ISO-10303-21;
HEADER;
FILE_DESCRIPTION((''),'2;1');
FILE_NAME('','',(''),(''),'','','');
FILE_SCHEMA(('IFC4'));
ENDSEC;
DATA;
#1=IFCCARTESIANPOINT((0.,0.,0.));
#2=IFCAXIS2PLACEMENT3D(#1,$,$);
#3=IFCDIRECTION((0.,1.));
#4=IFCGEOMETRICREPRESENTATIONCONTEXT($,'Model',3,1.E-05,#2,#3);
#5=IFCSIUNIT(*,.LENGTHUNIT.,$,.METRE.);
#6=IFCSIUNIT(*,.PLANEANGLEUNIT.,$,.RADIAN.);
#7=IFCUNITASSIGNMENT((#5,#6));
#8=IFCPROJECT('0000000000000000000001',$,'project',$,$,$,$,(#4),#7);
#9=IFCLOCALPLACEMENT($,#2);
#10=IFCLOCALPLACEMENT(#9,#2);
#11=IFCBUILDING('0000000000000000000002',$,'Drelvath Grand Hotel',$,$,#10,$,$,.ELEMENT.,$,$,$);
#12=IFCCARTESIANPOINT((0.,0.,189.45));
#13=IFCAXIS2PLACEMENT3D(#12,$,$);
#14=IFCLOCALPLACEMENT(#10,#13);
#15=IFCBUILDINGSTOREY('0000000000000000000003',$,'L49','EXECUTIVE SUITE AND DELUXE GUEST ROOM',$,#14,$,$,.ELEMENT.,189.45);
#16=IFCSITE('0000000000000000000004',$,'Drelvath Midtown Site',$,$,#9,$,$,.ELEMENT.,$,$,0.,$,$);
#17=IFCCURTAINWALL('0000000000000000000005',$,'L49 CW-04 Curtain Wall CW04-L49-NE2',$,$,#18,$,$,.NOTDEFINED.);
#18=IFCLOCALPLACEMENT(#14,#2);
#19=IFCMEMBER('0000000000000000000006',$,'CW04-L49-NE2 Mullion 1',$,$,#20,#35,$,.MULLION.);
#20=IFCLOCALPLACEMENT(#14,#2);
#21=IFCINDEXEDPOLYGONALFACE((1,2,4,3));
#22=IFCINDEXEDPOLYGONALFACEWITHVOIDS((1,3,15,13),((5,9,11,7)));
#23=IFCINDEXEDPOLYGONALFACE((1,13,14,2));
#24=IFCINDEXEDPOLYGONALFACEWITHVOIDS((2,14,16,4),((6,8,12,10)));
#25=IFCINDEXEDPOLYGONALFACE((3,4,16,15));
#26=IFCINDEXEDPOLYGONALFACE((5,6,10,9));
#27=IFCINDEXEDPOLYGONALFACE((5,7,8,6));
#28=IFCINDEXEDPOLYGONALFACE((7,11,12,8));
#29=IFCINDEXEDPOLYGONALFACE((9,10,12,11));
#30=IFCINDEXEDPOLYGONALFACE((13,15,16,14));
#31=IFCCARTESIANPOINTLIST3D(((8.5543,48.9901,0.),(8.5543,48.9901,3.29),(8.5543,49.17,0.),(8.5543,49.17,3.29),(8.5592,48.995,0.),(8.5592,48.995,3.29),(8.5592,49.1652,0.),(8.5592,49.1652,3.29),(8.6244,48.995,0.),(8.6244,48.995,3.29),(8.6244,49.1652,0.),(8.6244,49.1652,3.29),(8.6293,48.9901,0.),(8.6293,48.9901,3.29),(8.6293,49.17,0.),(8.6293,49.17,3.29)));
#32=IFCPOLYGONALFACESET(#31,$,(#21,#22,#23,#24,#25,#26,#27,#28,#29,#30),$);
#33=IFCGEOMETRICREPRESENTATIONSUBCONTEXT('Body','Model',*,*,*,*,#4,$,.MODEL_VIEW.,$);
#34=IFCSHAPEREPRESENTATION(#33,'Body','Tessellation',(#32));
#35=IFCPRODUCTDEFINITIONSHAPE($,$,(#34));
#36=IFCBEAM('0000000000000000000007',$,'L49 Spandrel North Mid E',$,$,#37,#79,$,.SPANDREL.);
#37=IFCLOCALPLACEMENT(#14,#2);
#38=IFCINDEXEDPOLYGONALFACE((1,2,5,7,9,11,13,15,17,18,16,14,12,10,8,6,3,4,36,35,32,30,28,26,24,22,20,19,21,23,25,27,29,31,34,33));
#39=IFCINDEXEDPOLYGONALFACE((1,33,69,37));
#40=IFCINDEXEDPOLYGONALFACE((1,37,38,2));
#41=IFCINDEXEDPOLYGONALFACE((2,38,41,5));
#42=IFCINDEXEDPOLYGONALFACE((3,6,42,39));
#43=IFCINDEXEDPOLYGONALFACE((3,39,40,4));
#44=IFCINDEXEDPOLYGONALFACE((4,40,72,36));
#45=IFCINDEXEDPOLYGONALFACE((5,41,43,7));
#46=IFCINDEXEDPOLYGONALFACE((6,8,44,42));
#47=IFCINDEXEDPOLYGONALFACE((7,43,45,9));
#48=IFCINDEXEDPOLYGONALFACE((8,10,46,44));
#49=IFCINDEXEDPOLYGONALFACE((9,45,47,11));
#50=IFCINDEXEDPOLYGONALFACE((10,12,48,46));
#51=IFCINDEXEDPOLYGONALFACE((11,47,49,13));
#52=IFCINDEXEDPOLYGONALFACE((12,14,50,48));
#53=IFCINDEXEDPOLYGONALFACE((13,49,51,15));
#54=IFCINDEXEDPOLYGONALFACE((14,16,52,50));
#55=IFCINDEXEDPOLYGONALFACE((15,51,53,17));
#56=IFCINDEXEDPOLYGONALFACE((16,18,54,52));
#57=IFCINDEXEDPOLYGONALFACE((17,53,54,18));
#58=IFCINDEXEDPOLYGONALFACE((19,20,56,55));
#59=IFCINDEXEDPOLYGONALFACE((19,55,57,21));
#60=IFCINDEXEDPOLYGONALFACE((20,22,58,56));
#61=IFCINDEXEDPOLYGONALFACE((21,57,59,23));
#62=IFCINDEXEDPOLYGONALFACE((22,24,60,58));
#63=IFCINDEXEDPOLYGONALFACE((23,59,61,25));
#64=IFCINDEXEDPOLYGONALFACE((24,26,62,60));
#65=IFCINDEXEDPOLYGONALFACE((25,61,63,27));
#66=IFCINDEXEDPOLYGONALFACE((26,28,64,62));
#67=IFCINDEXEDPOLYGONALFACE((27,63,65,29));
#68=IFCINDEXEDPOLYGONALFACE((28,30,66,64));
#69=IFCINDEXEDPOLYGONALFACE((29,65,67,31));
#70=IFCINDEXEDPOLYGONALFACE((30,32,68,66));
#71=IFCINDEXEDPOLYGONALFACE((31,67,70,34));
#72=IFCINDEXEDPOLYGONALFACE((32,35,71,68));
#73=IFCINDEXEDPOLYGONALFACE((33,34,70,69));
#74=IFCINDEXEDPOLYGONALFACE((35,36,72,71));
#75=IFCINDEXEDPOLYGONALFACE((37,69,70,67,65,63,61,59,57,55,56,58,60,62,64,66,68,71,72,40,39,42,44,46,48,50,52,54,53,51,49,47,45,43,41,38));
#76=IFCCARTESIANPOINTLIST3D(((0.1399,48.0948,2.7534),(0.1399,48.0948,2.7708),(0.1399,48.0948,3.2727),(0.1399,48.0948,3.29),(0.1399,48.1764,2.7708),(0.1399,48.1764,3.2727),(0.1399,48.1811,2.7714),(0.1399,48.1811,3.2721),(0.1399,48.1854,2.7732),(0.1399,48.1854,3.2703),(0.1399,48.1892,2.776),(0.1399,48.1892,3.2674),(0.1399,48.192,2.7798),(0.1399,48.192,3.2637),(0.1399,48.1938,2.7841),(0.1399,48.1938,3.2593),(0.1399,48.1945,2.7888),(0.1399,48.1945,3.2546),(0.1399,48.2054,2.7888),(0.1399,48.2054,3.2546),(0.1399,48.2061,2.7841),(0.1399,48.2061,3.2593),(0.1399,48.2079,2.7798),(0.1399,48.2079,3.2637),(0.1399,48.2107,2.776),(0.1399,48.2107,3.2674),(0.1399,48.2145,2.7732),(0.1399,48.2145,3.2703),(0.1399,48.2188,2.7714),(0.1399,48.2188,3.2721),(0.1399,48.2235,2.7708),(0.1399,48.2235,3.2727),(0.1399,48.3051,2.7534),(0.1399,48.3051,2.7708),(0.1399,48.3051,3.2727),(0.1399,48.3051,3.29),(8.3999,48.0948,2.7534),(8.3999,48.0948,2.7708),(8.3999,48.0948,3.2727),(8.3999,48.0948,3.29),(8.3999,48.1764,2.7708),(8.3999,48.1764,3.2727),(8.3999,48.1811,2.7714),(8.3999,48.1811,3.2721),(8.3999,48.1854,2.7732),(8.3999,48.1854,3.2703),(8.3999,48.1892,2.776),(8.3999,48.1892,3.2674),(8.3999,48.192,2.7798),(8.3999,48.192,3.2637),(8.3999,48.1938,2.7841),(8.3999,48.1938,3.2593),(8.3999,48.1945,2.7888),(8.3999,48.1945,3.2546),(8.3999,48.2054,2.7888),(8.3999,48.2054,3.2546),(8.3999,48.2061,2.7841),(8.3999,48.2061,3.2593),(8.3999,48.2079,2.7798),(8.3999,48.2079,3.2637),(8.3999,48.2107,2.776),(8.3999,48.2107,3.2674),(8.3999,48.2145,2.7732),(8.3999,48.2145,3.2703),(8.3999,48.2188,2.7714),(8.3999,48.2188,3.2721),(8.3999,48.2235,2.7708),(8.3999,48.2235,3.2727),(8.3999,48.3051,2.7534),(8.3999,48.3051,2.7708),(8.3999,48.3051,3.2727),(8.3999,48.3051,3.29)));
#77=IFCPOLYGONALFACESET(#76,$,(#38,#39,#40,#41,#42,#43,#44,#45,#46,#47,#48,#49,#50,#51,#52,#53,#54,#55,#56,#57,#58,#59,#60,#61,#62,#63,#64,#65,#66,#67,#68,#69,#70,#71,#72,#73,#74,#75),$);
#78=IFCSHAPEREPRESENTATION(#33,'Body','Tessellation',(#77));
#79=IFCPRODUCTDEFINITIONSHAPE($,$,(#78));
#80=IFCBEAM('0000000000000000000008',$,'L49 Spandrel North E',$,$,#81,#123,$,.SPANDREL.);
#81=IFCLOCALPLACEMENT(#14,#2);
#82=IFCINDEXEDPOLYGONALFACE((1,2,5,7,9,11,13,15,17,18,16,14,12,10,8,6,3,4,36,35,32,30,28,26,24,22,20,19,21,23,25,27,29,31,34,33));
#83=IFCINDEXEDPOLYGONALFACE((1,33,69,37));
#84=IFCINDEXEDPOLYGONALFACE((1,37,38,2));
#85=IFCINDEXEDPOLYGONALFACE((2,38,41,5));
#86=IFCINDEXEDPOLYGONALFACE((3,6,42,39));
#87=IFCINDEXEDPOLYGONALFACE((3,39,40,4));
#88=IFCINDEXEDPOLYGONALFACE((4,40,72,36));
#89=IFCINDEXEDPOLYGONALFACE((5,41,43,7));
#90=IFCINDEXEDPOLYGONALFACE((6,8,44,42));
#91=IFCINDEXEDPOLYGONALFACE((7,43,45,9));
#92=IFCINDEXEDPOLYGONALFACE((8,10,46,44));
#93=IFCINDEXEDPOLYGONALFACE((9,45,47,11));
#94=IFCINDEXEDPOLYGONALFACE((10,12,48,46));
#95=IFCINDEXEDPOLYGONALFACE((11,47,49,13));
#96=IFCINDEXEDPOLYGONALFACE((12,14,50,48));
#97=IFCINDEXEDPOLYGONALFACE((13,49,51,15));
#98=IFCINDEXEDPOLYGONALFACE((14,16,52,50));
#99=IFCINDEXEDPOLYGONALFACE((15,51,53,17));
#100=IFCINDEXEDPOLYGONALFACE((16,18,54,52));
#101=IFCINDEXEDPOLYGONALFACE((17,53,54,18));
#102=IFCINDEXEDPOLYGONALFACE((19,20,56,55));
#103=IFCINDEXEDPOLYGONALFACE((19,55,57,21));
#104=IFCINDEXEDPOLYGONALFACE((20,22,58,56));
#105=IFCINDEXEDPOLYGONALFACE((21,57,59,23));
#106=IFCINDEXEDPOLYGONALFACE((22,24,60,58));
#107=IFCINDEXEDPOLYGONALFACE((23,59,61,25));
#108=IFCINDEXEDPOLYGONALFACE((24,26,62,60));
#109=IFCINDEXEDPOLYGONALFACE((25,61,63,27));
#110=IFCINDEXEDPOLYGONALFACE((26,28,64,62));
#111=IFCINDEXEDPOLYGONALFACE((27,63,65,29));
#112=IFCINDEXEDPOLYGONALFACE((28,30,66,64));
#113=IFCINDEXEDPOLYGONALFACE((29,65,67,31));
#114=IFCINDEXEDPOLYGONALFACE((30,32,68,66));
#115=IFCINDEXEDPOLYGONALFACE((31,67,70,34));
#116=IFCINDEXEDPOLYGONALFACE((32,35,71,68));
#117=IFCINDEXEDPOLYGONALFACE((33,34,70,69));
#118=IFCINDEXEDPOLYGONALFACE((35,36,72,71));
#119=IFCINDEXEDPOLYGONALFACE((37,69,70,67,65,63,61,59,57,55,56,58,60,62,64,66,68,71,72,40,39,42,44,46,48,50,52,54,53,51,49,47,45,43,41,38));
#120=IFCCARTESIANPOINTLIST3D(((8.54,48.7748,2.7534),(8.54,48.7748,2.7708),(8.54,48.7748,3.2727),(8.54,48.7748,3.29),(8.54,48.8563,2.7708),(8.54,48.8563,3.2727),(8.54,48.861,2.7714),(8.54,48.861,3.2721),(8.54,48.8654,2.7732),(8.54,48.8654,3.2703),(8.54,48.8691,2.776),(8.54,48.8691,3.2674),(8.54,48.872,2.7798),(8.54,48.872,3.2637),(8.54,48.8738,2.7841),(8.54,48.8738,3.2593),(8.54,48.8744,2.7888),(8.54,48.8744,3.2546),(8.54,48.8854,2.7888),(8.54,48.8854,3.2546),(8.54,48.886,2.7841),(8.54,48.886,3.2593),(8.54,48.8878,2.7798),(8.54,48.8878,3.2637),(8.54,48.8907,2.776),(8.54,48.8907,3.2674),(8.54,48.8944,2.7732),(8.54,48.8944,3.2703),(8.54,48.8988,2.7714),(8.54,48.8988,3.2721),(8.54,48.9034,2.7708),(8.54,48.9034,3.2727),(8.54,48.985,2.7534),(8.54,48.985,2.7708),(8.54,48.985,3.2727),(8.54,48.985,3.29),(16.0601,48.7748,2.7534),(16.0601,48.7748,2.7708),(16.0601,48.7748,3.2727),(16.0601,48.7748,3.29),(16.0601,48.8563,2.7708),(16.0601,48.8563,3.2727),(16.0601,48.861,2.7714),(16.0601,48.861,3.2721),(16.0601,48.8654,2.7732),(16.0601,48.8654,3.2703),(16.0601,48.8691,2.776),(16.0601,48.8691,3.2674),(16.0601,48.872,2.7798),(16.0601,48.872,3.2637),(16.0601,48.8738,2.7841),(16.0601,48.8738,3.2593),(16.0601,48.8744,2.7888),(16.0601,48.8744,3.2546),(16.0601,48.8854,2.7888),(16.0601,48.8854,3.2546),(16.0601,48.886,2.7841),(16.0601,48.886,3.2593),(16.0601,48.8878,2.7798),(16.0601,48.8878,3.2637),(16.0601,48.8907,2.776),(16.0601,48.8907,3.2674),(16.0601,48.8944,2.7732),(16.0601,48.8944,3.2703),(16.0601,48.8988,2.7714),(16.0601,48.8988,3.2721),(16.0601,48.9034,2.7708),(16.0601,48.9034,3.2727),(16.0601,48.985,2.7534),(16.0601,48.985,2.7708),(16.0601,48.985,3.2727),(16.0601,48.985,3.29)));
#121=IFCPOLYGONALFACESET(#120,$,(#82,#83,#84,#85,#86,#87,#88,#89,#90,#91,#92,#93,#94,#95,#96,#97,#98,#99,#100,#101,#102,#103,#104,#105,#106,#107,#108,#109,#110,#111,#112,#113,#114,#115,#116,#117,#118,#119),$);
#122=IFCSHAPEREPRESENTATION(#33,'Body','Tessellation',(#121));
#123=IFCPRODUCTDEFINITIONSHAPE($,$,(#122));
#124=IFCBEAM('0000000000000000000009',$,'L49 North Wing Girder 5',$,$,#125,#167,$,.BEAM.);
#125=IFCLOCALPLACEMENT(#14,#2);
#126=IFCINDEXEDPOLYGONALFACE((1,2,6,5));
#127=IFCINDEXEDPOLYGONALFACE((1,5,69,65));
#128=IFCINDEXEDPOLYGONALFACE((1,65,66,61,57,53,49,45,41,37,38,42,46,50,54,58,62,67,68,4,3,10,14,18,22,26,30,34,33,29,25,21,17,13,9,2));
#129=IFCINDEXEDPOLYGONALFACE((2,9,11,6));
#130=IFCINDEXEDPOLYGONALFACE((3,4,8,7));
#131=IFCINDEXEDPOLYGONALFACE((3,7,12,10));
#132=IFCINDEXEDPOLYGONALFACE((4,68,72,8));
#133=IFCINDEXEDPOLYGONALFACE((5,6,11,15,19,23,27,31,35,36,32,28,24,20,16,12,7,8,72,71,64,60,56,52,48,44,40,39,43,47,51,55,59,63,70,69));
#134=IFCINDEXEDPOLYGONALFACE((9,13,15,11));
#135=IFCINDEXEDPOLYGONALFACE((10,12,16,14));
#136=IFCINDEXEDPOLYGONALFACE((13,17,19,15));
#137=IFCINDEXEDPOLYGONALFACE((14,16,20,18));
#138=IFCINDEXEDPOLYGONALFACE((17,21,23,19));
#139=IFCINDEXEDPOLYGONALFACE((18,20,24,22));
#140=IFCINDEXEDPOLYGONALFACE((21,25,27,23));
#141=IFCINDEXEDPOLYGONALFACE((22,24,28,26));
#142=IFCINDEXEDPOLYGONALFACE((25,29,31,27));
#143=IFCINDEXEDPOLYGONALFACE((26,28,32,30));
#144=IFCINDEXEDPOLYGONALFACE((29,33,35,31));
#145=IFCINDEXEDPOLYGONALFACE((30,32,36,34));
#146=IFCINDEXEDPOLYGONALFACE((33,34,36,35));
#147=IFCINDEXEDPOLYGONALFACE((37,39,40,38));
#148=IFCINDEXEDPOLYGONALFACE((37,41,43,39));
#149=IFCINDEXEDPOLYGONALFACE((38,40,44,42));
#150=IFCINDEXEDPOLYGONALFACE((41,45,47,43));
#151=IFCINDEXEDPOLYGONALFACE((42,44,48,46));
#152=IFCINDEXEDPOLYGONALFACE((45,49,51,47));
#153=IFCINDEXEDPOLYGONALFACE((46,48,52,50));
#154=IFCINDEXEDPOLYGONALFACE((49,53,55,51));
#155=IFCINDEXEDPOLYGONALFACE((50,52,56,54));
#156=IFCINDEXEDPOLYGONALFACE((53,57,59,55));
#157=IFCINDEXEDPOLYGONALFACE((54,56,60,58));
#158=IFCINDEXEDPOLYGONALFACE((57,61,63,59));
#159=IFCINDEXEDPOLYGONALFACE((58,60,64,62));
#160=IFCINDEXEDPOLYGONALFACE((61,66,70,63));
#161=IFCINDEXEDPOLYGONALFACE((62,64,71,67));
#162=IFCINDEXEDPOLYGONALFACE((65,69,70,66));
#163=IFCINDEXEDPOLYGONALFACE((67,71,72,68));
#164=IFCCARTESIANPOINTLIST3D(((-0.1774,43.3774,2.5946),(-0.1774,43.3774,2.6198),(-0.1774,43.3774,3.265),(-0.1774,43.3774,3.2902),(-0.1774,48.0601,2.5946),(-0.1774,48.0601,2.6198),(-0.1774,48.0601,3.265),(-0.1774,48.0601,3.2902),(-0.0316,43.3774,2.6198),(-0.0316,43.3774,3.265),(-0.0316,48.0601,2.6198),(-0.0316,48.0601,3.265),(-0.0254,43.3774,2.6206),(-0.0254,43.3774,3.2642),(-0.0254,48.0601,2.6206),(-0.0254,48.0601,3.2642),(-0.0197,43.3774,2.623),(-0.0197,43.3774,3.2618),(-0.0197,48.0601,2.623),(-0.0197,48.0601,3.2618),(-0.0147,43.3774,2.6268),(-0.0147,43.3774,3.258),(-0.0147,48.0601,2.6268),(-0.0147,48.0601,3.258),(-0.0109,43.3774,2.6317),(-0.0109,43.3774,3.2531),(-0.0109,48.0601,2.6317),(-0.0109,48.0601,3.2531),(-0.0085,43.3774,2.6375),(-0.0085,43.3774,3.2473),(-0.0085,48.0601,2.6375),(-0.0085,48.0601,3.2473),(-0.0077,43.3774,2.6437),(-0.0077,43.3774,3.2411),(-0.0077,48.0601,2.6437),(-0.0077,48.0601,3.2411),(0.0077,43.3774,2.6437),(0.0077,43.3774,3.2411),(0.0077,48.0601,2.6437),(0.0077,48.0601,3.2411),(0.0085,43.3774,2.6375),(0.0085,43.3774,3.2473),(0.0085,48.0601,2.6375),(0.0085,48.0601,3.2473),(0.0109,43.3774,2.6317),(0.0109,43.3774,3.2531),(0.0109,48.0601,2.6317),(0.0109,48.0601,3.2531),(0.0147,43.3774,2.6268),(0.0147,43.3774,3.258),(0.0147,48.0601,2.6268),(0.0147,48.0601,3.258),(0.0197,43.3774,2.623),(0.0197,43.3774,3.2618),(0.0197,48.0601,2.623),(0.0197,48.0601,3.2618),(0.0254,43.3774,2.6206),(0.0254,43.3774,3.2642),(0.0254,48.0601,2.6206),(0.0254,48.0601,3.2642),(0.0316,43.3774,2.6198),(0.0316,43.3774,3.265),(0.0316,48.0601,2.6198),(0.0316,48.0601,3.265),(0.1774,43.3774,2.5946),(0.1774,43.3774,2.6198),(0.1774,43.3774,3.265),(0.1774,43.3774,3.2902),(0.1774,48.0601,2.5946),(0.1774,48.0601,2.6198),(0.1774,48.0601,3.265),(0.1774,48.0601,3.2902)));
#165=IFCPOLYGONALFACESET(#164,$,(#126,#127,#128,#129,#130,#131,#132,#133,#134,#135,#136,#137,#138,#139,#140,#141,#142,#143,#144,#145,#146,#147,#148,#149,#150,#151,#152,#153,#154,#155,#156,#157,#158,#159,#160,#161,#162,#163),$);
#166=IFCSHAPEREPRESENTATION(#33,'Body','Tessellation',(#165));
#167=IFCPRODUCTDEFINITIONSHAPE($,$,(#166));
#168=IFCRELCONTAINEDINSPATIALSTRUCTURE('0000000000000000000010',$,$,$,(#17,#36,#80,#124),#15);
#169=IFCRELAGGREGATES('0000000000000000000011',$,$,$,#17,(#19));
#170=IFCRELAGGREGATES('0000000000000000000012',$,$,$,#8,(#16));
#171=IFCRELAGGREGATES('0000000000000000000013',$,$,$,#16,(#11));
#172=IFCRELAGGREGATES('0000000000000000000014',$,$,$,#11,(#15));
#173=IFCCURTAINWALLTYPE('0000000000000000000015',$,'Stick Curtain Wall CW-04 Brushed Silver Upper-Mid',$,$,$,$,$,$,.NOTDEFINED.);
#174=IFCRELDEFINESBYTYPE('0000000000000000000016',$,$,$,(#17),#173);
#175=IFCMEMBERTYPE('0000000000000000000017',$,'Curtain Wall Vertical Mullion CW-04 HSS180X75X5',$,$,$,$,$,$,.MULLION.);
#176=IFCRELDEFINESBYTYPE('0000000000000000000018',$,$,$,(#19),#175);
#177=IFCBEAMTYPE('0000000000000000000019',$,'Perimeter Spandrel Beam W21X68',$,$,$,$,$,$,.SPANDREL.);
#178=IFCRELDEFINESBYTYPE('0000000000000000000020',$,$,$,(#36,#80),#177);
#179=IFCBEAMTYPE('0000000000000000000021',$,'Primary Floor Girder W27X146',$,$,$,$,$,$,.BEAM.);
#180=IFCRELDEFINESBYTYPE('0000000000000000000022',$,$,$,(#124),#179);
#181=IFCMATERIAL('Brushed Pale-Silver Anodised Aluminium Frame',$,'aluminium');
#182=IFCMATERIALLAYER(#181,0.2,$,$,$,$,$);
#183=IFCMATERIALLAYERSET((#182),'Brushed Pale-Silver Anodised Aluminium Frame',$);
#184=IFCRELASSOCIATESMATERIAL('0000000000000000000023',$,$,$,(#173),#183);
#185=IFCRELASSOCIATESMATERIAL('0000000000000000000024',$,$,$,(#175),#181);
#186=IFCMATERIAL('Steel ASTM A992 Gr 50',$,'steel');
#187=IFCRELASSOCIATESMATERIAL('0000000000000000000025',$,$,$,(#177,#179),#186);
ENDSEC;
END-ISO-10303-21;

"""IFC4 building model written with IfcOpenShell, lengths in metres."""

from ifc_helpers import new_model, si_unit, direction, frame, origin, origin_2d, place, context, subcontext, project, spatial, hollow_rectangle, i_section, extrude, material, layer, layer_set, material_profile, profile_set, type_object, element, aggregate, save


model = new_model("IFC4")

# Units and contexts
model_context = context("Model", 3, precision=1e-05, world=origin(), true_north=direction((0.0, 1.0)))
body_context = subcontext(model_context, "Body", "Model", "MODEL_VIEW")
ifc_project = project(units=[si_unit("LENGTHUNIT", "METRE"), si_unit("PLANEANGLEUNIT", "RADIAN")], contexts=[model_context])

# Site, building, storey
site_placement = place(None, origin())
site = spatial("IfcSite", under=ifc_project, at=site_placement, Name="Drelvath Midtown Site", CompositionType="ELEMENT", RefElevation=0.0)
building_placement = place(site_placement, origin())
building = spatial("IfcBuilding", under=site, at=building_placement, Name="Drelvath Grand Hotel", CompositionType="ELEMENT")
storey_placement = place(building_placement, frame((0.0, 0.0, 189.45)))
storey = spatial("IfcBuildingStorey", under=building, at=storey_placement, Name="L49", Description="EXECUTIVE SUITE AND DELUXE GUEST ROOM", CompositionType="ELEMENT", Elevation=189.45)

# Curtain wall
ifc_material_1 = material(Name="Brushed Pale-Silver Anodised Aluminium Frame", Category="aluminium")
ifc_layer_1 = layer(ifc_material_1, 0.2)
ifc_layer_set_1 = layer_set([ifc_layer_1], Name="Brushed Pale-Silver Anodised Aluminium Frame")
curtain_wall_type = type_object("IfcCurtainWallType", Name="Stick Curtain Wall CW-04 Brushed Silver Upper-Mid", PredefinedType="NOTDEFINED", material=ifc_layer_set_1)
curtain_wall_1_placement = place(storey_placement, origin())
curtain_wall_1 = element("IfcCurtainWall", 1, at=curtain_wall_1_placement, inside=storey, type_object=curtain_wall_type, Name="L49 CW-04 Curtain Wall CW04-L49-NE2", PredefinedType="NOTDEFINED")

# Member
ifc_material_profile_1 = material_profile(ifc_material_1, hollow_rectangle(XDim=0.075, YDim=0.1799, WallThickness=0.0049, at=origin_2d()), Name="HSS180X75X5")
ifc_profile_set_1 = profile_set([ifc_material_profile_1], Name="Brushed Pale-Silver Anodised Aluminium Frame")
member_type_1 = type_object("IfcMemberType", Name="Curtain Wall Vertical Mullion CW-04 HSS180X75X5", PredefinedType="MULLION", material=ifc_profile_set_1)
member_1_placement = place(storey_placement, frame((8.5918, 49.0801, 0.0), z_axis=(0.0, 0.0, 1.0), x_axis=(1.0, 0.0, 0.0)))
member_1 = element("IfcMember", 2, at=member_1_placement, type_object=member_type_1, Name="CW04-L49-NE2 Mullion 1", PredefinedType="MULLION", context=body_context, shape_type="SweptSolid", body=[
    extrude(hollow_rectangle(XDim=0.075, YDim=0.1799, WallThickness=0.0049, at=origin_2d()), origin(), (0.0, 0.0, 1.0), 3.29),
])

# Beams
ifc_material_2 = material(Name="Steel ASTM A992 Gr 50", Category="steel")
ifc_material_profile_2 = material_profile(ifc_material_2, i_section(OverallWidth=0.2102, OverallDepth=0.5366, WebThickness=0.011, FlangeThickness=0.0173, FilletRadius=0.0181, at=origin_2d()), Name="W21X68")
ifc_profile_set_2 = profile_set([ifc_material_profile_2], Name="Steel ASTM A992 Gr 50")
beam_type_1 = type_object("IfcBeamType", Name="Perimeter Spandrel Beam W21X68", PredefinedType="SPANDREL", material=ifc_profile_set_2)
beam_1_placement = place(storey_placement, frame((0.1399, 48.2, 3.0217), z_axis=(1.0, 0.0, 0.0), x_axis=(0.0, 1.0, 0.0)))
element("IfcBeam", 3, at=beam_1_placement, inside=storey, type_object=beam_type_1, Name="L49 Spandrel North Mid E", PredefinedType="SPANDREL", context=body_context, shape_type="SweptSolid", body=[
    extrude(i_section(OverallWidth=0.2102, OverallDepth=0.5366, WebThickness=0.011, FlangeThickness=0.0173, FilletRadius=0.0181, at=origin_2d()), origin(), (0.0, 0.0, 1.0), 8.26),
])
beam_2_placement = place(storey_placement, frame((8.54, 48.8799, 3.0217), z_axis=(1.0, 0.0, 0.0), x_axis=(0.0, 1.0, 0.0)))
element("IfcBeam", 4, at=beam_2_placement, inside=storey, type_object=beam_type_1, Name="L49 Spandrel North E", PredefinedType="SPANDREL", context=body_context, shape_type="SweptSolid", body=[
    extrude(i_section(OverallWidth=0.2102, OverallDepth=0.5366, WebThickness=0.011, FlangeThickness=0.0173, FilletRadius=0.0181, at=origin_2d()), origin(), (0.0, 0.0, 1.0), 7.52),
])
ifc_material_profile_3 = material_profile(ifc_material_2, i_section(OverallWidth=0.3547, OverallDepth=0.6956, WebThickness=0.0154, FlangeThickness=0.0251, FilletRadius=0.0239, at=origin_2d()), Name="W27X146")
ifc_profile_set_3 = profile_set([ifc_material_profile_3], Name="Steel ASTM A992 Gr 50")
beam_type_2 = type_object("IfcBeamType", Name="Primary Floor Girder W27X146", PredefinedType="BEAM", material=ifc_profile_set_3)
beam_3_placement = place(storey_placement, frame((0.0, 43.3774, 2.9424), z_axis=(0.0, 1.0, 0.0), x_axis=(-1.0, 0.0, 0.0)))
element("IfcBeam", 5, at=beam_3_placement, inside=storey, type_object=beam_type_2, Name="L49 North Wing Girder 5", PredefinedType="BEAM", context=body_context, shape_type="SweptSolid", body=[
    extrude(i_section(OverallWidth=0.3547, OverallDepth=0.6956, WebThickness=0.0154, FlangeThickness=0.0251, FilletRadius=0.0239, at=origin_2d()), origin(), (0.0, 0.0, 1.0), 4.6826),
])

aggregate(curtain_wall_1, [member_1])

save(model, "model.ifc")
